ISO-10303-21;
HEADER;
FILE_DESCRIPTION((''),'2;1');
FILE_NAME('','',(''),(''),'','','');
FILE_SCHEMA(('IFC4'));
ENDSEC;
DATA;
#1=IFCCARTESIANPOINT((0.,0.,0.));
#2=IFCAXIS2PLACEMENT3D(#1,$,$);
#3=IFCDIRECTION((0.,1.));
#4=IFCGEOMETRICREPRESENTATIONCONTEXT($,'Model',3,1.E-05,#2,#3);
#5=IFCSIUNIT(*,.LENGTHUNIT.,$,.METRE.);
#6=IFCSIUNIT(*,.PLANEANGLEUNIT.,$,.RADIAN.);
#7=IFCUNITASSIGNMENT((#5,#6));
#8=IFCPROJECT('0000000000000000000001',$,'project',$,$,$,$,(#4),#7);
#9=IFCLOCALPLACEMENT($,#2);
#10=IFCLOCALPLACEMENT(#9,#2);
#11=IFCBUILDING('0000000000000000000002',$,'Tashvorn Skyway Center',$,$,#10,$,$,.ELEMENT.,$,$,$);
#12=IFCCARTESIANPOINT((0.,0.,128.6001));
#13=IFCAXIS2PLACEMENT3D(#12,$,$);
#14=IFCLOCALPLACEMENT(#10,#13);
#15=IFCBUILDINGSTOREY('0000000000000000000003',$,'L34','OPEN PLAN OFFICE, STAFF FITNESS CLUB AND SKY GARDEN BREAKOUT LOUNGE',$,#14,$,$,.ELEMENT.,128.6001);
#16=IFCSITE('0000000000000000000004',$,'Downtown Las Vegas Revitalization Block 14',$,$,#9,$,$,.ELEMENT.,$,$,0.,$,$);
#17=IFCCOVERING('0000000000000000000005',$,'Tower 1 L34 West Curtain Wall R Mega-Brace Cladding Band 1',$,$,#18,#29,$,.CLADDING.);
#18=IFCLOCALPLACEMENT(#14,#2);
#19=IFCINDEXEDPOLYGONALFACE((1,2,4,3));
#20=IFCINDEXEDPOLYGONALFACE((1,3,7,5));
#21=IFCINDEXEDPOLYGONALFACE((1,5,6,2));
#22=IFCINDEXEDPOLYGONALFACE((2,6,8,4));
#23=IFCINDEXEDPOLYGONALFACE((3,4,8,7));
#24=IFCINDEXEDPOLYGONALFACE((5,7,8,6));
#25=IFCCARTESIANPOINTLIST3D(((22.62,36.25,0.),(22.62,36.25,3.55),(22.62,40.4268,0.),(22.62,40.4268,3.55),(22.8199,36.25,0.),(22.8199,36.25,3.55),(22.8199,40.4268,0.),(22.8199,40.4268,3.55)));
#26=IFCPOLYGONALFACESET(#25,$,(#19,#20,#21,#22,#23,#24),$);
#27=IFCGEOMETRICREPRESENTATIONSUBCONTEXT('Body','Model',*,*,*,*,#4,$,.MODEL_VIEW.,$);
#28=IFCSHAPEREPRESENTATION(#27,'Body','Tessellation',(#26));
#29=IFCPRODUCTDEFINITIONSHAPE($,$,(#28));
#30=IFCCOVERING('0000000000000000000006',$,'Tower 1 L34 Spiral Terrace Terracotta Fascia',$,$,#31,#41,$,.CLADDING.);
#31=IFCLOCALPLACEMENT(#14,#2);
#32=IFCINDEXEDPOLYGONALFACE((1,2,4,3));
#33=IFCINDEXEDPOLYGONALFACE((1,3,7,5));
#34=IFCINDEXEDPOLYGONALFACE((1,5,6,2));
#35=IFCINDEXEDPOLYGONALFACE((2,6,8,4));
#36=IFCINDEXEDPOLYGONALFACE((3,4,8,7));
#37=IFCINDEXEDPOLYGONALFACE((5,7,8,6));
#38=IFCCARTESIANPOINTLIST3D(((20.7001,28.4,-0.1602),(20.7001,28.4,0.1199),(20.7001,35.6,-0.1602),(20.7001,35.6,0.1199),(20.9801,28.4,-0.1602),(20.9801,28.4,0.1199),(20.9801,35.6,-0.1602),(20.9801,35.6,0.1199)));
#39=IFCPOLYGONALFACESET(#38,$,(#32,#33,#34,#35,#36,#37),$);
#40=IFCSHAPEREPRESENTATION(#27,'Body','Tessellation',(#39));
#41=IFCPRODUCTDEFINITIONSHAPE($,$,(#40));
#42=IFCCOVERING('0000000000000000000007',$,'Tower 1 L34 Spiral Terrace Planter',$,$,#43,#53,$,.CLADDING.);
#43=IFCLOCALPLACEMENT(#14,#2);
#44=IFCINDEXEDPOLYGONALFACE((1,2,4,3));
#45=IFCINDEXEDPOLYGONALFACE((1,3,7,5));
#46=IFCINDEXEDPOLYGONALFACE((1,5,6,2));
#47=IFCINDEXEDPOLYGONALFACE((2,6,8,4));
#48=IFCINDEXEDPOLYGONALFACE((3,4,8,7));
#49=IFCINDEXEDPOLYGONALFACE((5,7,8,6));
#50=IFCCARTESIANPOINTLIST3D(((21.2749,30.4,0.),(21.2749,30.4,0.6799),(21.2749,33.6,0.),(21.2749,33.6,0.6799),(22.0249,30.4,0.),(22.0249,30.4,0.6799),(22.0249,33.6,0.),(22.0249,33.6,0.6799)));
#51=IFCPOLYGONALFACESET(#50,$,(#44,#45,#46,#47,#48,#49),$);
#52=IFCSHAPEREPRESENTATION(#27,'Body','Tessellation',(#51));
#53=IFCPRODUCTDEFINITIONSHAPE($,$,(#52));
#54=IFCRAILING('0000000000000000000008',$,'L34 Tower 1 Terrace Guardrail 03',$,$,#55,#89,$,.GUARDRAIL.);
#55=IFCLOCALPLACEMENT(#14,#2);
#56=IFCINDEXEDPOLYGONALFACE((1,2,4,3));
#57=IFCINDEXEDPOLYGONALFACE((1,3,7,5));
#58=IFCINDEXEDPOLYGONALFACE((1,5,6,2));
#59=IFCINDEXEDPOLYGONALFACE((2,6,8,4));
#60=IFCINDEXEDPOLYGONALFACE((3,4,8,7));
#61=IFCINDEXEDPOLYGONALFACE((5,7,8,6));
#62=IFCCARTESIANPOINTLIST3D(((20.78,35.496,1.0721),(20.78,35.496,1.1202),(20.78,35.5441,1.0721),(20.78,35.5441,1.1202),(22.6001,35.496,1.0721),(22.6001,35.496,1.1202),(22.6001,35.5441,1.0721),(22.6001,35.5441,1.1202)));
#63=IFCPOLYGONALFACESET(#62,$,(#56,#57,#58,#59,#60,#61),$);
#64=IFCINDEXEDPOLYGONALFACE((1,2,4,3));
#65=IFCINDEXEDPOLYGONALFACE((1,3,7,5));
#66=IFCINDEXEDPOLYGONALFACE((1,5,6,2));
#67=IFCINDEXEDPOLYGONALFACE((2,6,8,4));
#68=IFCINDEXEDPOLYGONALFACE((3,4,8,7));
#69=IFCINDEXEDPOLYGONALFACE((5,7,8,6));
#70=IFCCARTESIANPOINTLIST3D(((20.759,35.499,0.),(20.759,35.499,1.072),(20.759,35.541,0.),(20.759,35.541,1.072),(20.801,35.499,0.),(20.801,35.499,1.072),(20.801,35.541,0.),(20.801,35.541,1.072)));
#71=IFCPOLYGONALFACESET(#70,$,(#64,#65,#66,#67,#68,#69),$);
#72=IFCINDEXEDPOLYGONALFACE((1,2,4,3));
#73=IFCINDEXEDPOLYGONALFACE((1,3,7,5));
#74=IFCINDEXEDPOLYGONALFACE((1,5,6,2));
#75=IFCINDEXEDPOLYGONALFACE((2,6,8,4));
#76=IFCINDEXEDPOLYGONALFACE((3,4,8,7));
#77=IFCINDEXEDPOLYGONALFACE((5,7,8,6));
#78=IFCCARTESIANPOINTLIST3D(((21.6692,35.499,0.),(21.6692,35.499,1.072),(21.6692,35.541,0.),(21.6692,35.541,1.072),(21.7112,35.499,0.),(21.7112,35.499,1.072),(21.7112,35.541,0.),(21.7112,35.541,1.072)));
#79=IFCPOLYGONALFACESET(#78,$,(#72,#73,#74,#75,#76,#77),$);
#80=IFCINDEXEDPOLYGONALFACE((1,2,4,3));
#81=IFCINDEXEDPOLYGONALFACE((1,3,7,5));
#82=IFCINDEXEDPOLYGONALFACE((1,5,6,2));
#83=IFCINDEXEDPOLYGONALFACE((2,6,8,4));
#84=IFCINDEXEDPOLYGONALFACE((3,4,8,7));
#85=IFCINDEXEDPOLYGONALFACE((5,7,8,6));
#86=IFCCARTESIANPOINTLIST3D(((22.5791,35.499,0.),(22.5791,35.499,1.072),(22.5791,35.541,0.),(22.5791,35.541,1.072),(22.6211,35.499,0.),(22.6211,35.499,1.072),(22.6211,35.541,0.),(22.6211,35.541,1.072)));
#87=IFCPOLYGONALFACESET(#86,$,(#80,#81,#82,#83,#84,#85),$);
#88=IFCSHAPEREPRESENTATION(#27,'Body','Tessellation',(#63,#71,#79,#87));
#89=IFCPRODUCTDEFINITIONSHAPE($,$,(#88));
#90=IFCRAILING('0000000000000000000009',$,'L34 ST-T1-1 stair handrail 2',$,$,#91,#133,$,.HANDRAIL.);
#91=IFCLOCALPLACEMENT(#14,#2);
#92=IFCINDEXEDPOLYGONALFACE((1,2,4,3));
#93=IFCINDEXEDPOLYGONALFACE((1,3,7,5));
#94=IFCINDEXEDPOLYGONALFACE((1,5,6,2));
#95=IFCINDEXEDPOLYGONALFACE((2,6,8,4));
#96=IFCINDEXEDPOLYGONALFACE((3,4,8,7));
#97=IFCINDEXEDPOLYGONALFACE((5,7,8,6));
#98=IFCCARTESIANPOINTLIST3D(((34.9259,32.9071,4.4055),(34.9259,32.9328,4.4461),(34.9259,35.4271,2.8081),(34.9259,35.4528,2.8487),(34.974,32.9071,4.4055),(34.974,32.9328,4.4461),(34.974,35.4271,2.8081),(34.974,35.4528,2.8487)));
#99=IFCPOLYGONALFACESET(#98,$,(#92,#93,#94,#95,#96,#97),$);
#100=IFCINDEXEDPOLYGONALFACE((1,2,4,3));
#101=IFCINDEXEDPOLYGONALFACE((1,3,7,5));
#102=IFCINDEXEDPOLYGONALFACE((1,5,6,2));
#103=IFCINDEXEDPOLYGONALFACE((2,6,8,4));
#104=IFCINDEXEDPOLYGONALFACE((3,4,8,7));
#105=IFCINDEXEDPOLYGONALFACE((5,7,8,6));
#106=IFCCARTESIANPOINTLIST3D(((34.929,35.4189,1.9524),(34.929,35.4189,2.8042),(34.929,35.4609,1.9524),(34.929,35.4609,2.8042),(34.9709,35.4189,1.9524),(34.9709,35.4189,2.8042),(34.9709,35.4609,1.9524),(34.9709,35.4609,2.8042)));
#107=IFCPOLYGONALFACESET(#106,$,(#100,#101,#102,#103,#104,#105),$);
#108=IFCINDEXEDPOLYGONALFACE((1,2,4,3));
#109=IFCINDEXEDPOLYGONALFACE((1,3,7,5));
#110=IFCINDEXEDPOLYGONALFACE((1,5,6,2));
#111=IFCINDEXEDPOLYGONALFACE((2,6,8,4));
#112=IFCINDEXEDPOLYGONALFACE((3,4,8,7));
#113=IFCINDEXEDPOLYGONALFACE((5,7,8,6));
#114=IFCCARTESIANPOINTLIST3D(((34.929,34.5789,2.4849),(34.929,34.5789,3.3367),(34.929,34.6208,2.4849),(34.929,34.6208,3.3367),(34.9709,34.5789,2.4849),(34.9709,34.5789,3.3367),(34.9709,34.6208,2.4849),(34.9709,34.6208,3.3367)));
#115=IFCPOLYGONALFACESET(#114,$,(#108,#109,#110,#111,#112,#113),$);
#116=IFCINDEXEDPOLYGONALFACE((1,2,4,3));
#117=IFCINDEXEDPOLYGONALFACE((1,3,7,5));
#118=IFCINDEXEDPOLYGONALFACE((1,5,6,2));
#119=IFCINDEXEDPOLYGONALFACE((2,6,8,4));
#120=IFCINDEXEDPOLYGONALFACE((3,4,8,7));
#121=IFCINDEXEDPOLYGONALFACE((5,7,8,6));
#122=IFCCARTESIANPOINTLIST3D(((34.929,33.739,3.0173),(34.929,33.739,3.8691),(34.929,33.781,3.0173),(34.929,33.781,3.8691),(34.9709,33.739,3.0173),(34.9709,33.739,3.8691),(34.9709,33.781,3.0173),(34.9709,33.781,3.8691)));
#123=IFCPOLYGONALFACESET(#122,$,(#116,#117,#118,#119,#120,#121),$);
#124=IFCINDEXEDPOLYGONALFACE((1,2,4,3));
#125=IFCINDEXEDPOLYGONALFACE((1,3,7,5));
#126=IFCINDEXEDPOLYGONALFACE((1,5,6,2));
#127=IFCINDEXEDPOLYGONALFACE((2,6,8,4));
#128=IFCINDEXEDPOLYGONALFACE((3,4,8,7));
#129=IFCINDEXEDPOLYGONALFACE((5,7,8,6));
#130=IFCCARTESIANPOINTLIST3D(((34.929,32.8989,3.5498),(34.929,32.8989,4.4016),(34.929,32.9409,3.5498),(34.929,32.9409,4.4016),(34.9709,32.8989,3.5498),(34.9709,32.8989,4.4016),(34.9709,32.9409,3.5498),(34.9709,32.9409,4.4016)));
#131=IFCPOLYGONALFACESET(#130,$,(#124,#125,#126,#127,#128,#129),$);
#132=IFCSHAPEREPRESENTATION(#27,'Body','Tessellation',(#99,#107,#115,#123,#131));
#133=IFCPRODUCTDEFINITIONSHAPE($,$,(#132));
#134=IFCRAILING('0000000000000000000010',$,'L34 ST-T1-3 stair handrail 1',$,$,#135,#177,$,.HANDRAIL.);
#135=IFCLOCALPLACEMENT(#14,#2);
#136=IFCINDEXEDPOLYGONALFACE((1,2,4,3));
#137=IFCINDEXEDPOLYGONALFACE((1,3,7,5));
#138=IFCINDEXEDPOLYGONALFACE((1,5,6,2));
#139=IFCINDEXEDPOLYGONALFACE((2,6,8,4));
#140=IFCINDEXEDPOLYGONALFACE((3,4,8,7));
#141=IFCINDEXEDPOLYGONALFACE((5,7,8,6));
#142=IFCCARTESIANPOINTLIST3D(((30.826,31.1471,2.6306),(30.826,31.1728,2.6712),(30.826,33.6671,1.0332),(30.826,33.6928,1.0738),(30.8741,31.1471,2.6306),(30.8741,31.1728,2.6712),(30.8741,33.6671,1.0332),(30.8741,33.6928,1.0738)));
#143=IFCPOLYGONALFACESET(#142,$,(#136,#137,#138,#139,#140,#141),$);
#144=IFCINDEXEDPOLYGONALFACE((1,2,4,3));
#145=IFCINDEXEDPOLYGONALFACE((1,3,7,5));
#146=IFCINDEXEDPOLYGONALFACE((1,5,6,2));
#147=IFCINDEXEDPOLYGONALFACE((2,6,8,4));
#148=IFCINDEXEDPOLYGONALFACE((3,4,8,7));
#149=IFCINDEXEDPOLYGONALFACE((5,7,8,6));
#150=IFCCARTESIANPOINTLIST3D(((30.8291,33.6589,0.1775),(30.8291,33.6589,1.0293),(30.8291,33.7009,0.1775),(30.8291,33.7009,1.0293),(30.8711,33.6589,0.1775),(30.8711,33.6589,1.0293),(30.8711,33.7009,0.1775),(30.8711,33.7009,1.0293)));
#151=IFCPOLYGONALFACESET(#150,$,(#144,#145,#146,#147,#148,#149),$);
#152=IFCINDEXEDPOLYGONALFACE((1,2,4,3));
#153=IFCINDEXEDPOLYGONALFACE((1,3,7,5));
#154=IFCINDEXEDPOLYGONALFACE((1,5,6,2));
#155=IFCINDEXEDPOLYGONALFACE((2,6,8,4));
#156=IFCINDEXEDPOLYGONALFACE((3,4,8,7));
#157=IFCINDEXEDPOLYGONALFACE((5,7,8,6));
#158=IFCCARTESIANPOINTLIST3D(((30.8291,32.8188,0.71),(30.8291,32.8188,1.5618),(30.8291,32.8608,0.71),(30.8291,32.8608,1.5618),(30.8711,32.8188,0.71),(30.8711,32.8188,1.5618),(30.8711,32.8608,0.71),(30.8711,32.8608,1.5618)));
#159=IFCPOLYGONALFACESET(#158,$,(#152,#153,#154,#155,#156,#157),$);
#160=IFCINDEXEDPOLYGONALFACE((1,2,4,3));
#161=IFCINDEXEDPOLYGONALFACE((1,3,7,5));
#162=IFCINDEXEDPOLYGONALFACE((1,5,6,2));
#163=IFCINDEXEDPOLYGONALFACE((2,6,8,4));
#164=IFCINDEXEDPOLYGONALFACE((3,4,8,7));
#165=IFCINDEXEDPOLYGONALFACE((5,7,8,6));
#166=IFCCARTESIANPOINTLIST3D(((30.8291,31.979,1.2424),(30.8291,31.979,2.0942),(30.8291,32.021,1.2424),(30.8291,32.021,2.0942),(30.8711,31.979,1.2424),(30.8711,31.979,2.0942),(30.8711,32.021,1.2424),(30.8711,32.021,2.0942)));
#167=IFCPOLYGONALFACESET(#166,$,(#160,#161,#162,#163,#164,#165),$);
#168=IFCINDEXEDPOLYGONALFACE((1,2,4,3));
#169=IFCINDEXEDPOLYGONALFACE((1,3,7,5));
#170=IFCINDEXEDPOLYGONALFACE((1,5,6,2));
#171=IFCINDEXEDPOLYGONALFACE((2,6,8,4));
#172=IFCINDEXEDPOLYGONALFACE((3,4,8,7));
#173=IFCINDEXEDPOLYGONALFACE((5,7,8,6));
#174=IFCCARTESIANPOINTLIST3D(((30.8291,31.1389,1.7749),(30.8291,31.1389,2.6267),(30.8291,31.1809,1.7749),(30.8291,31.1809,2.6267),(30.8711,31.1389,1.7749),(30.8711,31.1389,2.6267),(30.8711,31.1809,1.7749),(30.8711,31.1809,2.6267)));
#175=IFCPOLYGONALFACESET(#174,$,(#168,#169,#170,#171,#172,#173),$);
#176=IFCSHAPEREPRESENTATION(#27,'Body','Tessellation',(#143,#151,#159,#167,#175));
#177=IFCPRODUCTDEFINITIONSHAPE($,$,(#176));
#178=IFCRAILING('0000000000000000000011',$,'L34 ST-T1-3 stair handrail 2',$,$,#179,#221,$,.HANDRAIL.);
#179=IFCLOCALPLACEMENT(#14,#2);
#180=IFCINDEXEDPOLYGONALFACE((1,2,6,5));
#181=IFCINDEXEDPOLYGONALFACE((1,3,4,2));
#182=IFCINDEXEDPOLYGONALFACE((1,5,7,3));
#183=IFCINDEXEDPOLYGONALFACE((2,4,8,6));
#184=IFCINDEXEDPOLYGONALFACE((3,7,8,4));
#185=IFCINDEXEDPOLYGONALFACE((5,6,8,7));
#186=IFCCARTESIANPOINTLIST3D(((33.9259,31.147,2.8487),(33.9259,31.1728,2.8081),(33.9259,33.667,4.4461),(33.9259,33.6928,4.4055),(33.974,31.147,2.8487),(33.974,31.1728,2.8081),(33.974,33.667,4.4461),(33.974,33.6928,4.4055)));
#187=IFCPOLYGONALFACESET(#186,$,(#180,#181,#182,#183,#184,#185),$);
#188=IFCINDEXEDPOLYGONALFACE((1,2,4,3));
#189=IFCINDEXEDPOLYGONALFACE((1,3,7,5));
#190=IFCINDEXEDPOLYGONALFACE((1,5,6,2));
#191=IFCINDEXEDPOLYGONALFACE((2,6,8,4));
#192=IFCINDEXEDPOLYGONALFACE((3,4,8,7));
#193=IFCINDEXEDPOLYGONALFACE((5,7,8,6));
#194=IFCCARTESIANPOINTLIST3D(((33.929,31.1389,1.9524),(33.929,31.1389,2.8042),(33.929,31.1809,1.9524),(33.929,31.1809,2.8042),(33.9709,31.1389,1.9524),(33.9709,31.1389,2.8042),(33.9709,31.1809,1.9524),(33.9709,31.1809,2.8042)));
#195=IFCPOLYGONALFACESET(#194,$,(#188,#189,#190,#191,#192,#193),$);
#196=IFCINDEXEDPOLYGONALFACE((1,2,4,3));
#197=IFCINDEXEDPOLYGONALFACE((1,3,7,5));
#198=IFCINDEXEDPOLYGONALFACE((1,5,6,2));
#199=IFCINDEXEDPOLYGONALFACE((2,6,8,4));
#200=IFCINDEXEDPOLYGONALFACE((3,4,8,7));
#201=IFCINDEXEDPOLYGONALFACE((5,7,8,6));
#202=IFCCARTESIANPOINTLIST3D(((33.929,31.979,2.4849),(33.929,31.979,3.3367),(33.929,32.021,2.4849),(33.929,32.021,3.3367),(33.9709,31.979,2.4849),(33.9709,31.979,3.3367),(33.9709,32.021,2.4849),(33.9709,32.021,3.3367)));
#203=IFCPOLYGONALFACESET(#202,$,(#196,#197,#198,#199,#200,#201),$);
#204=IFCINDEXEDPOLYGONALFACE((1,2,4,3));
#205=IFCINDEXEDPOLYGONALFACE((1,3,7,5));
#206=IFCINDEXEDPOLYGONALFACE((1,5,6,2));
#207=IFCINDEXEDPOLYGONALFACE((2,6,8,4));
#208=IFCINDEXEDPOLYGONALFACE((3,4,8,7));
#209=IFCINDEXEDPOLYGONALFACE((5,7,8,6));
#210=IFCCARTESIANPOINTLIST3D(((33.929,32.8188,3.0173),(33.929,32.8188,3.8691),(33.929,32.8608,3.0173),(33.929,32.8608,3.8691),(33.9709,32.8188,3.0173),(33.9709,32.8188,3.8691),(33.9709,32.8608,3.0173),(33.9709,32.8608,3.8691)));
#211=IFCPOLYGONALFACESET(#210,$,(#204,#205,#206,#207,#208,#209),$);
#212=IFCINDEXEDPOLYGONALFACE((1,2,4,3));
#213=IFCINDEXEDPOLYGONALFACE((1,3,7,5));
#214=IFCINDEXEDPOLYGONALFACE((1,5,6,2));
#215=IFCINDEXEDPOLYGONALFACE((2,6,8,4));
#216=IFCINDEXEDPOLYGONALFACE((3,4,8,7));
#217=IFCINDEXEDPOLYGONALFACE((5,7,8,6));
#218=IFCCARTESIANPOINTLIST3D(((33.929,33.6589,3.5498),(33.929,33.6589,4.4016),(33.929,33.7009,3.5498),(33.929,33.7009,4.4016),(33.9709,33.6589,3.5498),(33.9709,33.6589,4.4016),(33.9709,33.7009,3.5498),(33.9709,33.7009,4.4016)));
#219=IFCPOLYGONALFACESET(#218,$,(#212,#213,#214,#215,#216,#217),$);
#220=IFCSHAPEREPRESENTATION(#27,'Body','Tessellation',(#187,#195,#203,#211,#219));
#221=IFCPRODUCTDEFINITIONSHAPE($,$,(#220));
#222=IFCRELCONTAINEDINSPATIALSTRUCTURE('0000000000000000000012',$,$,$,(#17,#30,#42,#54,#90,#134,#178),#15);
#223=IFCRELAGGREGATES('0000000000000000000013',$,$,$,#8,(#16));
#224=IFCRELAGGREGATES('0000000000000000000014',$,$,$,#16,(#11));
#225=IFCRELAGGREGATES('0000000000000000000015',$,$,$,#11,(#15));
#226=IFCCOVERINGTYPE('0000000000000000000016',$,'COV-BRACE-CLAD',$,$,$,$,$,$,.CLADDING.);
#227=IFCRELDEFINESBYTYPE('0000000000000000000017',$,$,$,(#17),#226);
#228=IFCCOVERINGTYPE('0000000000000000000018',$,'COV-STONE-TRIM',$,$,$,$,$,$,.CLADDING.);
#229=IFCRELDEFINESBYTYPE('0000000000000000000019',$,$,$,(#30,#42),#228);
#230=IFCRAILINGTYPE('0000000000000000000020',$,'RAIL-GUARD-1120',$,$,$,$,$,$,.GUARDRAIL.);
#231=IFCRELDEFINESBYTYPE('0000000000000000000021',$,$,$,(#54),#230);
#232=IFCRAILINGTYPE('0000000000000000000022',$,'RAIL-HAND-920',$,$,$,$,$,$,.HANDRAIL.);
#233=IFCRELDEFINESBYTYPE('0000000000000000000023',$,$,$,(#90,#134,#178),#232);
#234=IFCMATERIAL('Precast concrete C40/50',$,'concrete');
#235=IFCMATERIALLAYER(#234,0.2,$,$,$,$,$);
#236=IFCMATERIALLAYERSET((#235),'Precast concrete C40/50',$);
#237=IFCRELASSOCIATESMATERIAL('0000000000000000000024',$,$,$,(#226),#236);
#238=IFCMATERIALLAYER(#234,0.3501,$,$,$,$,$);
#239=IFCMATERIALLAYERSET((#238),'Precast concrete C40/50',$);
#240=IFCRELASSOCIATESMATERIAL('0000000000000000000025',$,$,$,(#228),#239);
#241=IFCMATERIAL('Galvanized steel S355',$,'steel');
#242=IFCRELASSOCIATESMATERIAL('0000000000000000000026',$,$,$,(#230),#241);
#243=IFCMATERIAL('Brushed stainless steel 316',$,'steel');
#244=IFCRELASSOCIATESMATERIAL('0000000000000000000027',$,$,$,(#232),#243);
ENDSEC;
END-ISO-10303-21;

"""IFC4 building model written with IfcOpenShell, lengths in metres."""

from ifc_helpers import new_model, si_unit, direction, frame, origin, origin_2d, place, context, subcontext, project, spatial, rectangle, extrude, material, layer, layer_set, type_object, element, save


model = new_model("IFC4")

# Units and contexts
model_context = context("Model", 3, precision=1e-05, world=origin(), true_north=direction((0.0, 1.0)))
body_context = subcontext(model_context, "Body", "Model", "MODEL_VIEW")
ifc_project = project(units=[si_unit("LENGTHUNIT", "METRE"), si_unit("PLANEANGLEUNIT", "RADIAN")], contexts=[model_context])

# Site, building, storey
site_placement = place(None, origin())
site = spatial("IfcSite", under=ifc_project, at=site_placement, Name="Downtown Las Vegas Revitalization Block 14", CompositionType="ELEMENT", RefElevation=0.0)
building_placement = place(site_placement, origin())
building = spatial("IfcBuilding", under=site, at=building_placement, Name="Tashvorn Skyway Center", CompositionType="ELEMENT")
storey_placement = place(building_placement, frame((0.0, 0.0, 128.6001)))
storey = spatial("IfcBuildingStorey", under=building, at=storey_placement, Name="L34", Description="OPEN PLAN OFFICE, STAFF FITNESS CLUB AND SKY GARDEN BREAKOUT LOUNGE", CompositionType="ELEMENT", Elevation=128.6001)

# Coverings
ifc_material_1 = material(Name="Precast concrete C40/50", Category="concrete")
ifc_layer_1 = layer(ifc_material_1, 0.2)
ifc_layer_set_1 = layer_set([ifc_layer_1], Name="Precast concrete C40/50")
covering_type_1 = type_object("IfcCoveringType", Name="COV-BRACE-CLAD", PredefinedType="CLADDING", material=ifc_layer_set_1)
covering_1_placement = place(storey_placement, frame((22.72, 38.3384, 0.0), z_axis=(0.0, 0.0, 1.0), x_axis=(0.0, 1.0, 0.0)))
element("IfcCovering", 1, at=covering_1_placement, inside=storey, type_object=covering_type_1, Name="Tower 1 L34 West Curtain Wall R Mega-Brace Cladding Band 1", PredefinedType="CLADDING", context=body_context, shape_type="SweptSolid", body=[
    extrude(rectangle(XDim=4.1768, YDim=0.2, at=origin_2d()), origin(), (0.0, 0.0, 1.0), 3.55),
])
ifc_layer_2 = layer(ifc_material_1, 0.3501)
ifc_layer_set_2 = layer_set([ifc_layer_2], Name="Precast concrete C40/50")
covering_type_2 = type_object("IfcCoveringType", Name="COV-STONE-TRIM", PredefinedType="CLADDING", material=ifc_layer_set_2)
covering_2_placement = place(storey_placement, frame((20.8401, 32.0, -0.1602), z_axis=(0.0, 0.0, 1.0), x_axis=(0.0, 1.0, 0.0)))
element("IfcCovering", 2, at=covering_2_placement, inside=storey, type_object=covering_type_2, Name="Tower 1 L34 Spiral Terrace Terracotta Fascia", PredefinedType="CLADDING", context=body_context, shape_type="SweptSolid", body=[
    extrude(rectangle(XDim=7.2, YDim=0.28, at=origin_2d()), origin(), (0.0, 0.0, 1.0), 0.28),
])
covering_3_placement = place(storey_placement, frame((21.6499, 32.0, 0.0), z_axis=(0.0, 0.0, 1.0), x_axis=(0.0, 1.0, 0.0)))
element("IfcCovering", 3, at=covering_3_placement, inside=storey, type_object=covering_type_2, Name="Tower 1 L34 Spiral Terrace Planter", PredefinedType="CLADDING", context=body_context, shape_type="SweptSolid", body=[
    extrude(rectangle(XDim=3.2, YDim=0.75, at=origin_2d()), origin(), (0.0, 0.0, 1.0), 0.6799),
])

# Railings
ifc_material_2 = material(Name="Galvanized steel S355", Category="steel")
railing_type_1 = type_object("IfcRailingType", Name="RAIL-GUARD-1120", PredefinedType="GUARDRAIL", material=ifc_material_2)
railing_1_placement = place(storey_placement, frame((20.78, 35.52, 0.0)))
element("IfcRailing", 4, at=railing_1_placement, inside=storey, type_object=railing_type_1, Name="L34 Tower 1 Terrace Guardrail 03", PredefinedType="GUARDRAIL", context=body_context, shape_type="SweptSolid", body=[
    extrude(rectangle(XDim=0.0481, YDim=0.0481, at=origin_2d()), frame((0.0, 0.0, 1.0962), z_axis=(1.0, 0.0, 0.0), x_axis=(0.0, 1.0, 0.0)), (0.0, 0.0, 1.0), 1.8201),
    extrude(rectangle(XDim=0.042, YDim=0.042, at=origin_2d()), origin(), (0.0, 0.0, 1.0), 1.072),
    extrude(rectangle(XDim=0.042, YDim=0.042, at=origin_2d()), frame((0.9102, 0.0, 0.0)), (0.0, 0.0, 1.0), 1.072),
    extrude(rectangle(XDim=0.042, YDim=0.042, at=origin_2d()), frame((1.8201, 0.0, 0.0)), (0.0, 0.0, 1.0), 1.072),
])
ifc_material_3 = material(Name="Brushed stainless steel 316", Category="steel")
railing_type_2 = type_object("IfcRailingType", Name="RAIL-HAND-920", PredefinedType="HANDRAIL", material=ifc_material_3)
for number, where, name in (
    (5, (34.95, 35.4399, 1.9524), "L34 ST-T1-1 stair handrail 2"),
    (6, (30.8501, 33.6799, 0.1775), "L34 ST-T1-3 stair handrail 1"),
):
    element("IfcRailing", number, at=place(storey_placement, frame(where)), inside=storey, type_object=railing_type_2, Name=name, PredefinedType="HANDRAIL", context=body_context, shape_type="SweptSolid", body=[
        extrude(rectangle(XDim=0.0481, YDim=0.0481, at=origin_2d()), frame((0.0, 0.0, 0.876), z_axis=(0.0, -0.844607, 0.535387), x_axis=(1.0, 0.0, 0.0)), (0.0, 0.0, 1.0), 2.9836),
        extrude(rectangle(XDim=0.042, YDim=0.042, at=origin_2d()), origin(), (0.0, 0.0, 1.0), 0.8518),
        extrude(rectangle(XDim=0.042, YDim=0.042, at=origin_2d()), frame((0.0, -0.8401, 0.5325)), (0.0, 0.0, 1.0), 0.8518),
        extrude(rectangle(XDim=0.042, YDim=0.042, at=origin_2d()), frame((0.0, -1.6799, 1.0649)), (0.0, 0.0, 1.0), 0.8518),
        extrude(rectangle(XDim=0.042, YDim=0.042, at=origin_2d()), frame((0.0, -2.52, 1.5974)), (0.0, 0.0, 1.0), 0.8518),
    ])
railing_2_placement = place(storey_placement, frame((33.95, 31.1599, 1.9524)))
element("IfcRailing", 7, at=railing_2_placement, inside=storey, type_object=railing_type_2, Name="L34 ST-T1-3 stair handrail 2", PredefinedType="HANDRAIL", context=body_context, shape_type="SweptSolid", body=[
    extrude(rectangle(XDim=0.0481, YDim=0.0481, at=origin_2d()), frame((0.0, 0.0, 0.876), z_axis=(0.0, 0.844607, 0.535387), x_axis=(-1.0, 0.0, 0.0)), (0.0, 0.0, 1.0), 2.9836),
    extrude(rectangle(XDim=0.042, YDim=0.042, at=origin_2d()), origin(), (0.0, 0.0, 1.0), 0.8518),
    extrude(rectangle(XDim=0.042, YDim=0.042, at=origin_2d()), frame((0.0, 0.8401, 0.5325)), (0.0, 0.0, 1.0), 0.8518),
    extrude(rectangle(XDim=0.042, YDim=0.042, at=origin_2d()), frame((0.0, 1.6799, 1.0649)), (0.0, 0.0, 1.0), 0.8518),
    extrude(rectangle(XDim=0.042, YDim=0.042, at=origin_2d()), frame((0.0, 2.52, 1.5974)), (0.0, 0.0, 1.0), 0.8518),
])

save(model, "model.ifc")
